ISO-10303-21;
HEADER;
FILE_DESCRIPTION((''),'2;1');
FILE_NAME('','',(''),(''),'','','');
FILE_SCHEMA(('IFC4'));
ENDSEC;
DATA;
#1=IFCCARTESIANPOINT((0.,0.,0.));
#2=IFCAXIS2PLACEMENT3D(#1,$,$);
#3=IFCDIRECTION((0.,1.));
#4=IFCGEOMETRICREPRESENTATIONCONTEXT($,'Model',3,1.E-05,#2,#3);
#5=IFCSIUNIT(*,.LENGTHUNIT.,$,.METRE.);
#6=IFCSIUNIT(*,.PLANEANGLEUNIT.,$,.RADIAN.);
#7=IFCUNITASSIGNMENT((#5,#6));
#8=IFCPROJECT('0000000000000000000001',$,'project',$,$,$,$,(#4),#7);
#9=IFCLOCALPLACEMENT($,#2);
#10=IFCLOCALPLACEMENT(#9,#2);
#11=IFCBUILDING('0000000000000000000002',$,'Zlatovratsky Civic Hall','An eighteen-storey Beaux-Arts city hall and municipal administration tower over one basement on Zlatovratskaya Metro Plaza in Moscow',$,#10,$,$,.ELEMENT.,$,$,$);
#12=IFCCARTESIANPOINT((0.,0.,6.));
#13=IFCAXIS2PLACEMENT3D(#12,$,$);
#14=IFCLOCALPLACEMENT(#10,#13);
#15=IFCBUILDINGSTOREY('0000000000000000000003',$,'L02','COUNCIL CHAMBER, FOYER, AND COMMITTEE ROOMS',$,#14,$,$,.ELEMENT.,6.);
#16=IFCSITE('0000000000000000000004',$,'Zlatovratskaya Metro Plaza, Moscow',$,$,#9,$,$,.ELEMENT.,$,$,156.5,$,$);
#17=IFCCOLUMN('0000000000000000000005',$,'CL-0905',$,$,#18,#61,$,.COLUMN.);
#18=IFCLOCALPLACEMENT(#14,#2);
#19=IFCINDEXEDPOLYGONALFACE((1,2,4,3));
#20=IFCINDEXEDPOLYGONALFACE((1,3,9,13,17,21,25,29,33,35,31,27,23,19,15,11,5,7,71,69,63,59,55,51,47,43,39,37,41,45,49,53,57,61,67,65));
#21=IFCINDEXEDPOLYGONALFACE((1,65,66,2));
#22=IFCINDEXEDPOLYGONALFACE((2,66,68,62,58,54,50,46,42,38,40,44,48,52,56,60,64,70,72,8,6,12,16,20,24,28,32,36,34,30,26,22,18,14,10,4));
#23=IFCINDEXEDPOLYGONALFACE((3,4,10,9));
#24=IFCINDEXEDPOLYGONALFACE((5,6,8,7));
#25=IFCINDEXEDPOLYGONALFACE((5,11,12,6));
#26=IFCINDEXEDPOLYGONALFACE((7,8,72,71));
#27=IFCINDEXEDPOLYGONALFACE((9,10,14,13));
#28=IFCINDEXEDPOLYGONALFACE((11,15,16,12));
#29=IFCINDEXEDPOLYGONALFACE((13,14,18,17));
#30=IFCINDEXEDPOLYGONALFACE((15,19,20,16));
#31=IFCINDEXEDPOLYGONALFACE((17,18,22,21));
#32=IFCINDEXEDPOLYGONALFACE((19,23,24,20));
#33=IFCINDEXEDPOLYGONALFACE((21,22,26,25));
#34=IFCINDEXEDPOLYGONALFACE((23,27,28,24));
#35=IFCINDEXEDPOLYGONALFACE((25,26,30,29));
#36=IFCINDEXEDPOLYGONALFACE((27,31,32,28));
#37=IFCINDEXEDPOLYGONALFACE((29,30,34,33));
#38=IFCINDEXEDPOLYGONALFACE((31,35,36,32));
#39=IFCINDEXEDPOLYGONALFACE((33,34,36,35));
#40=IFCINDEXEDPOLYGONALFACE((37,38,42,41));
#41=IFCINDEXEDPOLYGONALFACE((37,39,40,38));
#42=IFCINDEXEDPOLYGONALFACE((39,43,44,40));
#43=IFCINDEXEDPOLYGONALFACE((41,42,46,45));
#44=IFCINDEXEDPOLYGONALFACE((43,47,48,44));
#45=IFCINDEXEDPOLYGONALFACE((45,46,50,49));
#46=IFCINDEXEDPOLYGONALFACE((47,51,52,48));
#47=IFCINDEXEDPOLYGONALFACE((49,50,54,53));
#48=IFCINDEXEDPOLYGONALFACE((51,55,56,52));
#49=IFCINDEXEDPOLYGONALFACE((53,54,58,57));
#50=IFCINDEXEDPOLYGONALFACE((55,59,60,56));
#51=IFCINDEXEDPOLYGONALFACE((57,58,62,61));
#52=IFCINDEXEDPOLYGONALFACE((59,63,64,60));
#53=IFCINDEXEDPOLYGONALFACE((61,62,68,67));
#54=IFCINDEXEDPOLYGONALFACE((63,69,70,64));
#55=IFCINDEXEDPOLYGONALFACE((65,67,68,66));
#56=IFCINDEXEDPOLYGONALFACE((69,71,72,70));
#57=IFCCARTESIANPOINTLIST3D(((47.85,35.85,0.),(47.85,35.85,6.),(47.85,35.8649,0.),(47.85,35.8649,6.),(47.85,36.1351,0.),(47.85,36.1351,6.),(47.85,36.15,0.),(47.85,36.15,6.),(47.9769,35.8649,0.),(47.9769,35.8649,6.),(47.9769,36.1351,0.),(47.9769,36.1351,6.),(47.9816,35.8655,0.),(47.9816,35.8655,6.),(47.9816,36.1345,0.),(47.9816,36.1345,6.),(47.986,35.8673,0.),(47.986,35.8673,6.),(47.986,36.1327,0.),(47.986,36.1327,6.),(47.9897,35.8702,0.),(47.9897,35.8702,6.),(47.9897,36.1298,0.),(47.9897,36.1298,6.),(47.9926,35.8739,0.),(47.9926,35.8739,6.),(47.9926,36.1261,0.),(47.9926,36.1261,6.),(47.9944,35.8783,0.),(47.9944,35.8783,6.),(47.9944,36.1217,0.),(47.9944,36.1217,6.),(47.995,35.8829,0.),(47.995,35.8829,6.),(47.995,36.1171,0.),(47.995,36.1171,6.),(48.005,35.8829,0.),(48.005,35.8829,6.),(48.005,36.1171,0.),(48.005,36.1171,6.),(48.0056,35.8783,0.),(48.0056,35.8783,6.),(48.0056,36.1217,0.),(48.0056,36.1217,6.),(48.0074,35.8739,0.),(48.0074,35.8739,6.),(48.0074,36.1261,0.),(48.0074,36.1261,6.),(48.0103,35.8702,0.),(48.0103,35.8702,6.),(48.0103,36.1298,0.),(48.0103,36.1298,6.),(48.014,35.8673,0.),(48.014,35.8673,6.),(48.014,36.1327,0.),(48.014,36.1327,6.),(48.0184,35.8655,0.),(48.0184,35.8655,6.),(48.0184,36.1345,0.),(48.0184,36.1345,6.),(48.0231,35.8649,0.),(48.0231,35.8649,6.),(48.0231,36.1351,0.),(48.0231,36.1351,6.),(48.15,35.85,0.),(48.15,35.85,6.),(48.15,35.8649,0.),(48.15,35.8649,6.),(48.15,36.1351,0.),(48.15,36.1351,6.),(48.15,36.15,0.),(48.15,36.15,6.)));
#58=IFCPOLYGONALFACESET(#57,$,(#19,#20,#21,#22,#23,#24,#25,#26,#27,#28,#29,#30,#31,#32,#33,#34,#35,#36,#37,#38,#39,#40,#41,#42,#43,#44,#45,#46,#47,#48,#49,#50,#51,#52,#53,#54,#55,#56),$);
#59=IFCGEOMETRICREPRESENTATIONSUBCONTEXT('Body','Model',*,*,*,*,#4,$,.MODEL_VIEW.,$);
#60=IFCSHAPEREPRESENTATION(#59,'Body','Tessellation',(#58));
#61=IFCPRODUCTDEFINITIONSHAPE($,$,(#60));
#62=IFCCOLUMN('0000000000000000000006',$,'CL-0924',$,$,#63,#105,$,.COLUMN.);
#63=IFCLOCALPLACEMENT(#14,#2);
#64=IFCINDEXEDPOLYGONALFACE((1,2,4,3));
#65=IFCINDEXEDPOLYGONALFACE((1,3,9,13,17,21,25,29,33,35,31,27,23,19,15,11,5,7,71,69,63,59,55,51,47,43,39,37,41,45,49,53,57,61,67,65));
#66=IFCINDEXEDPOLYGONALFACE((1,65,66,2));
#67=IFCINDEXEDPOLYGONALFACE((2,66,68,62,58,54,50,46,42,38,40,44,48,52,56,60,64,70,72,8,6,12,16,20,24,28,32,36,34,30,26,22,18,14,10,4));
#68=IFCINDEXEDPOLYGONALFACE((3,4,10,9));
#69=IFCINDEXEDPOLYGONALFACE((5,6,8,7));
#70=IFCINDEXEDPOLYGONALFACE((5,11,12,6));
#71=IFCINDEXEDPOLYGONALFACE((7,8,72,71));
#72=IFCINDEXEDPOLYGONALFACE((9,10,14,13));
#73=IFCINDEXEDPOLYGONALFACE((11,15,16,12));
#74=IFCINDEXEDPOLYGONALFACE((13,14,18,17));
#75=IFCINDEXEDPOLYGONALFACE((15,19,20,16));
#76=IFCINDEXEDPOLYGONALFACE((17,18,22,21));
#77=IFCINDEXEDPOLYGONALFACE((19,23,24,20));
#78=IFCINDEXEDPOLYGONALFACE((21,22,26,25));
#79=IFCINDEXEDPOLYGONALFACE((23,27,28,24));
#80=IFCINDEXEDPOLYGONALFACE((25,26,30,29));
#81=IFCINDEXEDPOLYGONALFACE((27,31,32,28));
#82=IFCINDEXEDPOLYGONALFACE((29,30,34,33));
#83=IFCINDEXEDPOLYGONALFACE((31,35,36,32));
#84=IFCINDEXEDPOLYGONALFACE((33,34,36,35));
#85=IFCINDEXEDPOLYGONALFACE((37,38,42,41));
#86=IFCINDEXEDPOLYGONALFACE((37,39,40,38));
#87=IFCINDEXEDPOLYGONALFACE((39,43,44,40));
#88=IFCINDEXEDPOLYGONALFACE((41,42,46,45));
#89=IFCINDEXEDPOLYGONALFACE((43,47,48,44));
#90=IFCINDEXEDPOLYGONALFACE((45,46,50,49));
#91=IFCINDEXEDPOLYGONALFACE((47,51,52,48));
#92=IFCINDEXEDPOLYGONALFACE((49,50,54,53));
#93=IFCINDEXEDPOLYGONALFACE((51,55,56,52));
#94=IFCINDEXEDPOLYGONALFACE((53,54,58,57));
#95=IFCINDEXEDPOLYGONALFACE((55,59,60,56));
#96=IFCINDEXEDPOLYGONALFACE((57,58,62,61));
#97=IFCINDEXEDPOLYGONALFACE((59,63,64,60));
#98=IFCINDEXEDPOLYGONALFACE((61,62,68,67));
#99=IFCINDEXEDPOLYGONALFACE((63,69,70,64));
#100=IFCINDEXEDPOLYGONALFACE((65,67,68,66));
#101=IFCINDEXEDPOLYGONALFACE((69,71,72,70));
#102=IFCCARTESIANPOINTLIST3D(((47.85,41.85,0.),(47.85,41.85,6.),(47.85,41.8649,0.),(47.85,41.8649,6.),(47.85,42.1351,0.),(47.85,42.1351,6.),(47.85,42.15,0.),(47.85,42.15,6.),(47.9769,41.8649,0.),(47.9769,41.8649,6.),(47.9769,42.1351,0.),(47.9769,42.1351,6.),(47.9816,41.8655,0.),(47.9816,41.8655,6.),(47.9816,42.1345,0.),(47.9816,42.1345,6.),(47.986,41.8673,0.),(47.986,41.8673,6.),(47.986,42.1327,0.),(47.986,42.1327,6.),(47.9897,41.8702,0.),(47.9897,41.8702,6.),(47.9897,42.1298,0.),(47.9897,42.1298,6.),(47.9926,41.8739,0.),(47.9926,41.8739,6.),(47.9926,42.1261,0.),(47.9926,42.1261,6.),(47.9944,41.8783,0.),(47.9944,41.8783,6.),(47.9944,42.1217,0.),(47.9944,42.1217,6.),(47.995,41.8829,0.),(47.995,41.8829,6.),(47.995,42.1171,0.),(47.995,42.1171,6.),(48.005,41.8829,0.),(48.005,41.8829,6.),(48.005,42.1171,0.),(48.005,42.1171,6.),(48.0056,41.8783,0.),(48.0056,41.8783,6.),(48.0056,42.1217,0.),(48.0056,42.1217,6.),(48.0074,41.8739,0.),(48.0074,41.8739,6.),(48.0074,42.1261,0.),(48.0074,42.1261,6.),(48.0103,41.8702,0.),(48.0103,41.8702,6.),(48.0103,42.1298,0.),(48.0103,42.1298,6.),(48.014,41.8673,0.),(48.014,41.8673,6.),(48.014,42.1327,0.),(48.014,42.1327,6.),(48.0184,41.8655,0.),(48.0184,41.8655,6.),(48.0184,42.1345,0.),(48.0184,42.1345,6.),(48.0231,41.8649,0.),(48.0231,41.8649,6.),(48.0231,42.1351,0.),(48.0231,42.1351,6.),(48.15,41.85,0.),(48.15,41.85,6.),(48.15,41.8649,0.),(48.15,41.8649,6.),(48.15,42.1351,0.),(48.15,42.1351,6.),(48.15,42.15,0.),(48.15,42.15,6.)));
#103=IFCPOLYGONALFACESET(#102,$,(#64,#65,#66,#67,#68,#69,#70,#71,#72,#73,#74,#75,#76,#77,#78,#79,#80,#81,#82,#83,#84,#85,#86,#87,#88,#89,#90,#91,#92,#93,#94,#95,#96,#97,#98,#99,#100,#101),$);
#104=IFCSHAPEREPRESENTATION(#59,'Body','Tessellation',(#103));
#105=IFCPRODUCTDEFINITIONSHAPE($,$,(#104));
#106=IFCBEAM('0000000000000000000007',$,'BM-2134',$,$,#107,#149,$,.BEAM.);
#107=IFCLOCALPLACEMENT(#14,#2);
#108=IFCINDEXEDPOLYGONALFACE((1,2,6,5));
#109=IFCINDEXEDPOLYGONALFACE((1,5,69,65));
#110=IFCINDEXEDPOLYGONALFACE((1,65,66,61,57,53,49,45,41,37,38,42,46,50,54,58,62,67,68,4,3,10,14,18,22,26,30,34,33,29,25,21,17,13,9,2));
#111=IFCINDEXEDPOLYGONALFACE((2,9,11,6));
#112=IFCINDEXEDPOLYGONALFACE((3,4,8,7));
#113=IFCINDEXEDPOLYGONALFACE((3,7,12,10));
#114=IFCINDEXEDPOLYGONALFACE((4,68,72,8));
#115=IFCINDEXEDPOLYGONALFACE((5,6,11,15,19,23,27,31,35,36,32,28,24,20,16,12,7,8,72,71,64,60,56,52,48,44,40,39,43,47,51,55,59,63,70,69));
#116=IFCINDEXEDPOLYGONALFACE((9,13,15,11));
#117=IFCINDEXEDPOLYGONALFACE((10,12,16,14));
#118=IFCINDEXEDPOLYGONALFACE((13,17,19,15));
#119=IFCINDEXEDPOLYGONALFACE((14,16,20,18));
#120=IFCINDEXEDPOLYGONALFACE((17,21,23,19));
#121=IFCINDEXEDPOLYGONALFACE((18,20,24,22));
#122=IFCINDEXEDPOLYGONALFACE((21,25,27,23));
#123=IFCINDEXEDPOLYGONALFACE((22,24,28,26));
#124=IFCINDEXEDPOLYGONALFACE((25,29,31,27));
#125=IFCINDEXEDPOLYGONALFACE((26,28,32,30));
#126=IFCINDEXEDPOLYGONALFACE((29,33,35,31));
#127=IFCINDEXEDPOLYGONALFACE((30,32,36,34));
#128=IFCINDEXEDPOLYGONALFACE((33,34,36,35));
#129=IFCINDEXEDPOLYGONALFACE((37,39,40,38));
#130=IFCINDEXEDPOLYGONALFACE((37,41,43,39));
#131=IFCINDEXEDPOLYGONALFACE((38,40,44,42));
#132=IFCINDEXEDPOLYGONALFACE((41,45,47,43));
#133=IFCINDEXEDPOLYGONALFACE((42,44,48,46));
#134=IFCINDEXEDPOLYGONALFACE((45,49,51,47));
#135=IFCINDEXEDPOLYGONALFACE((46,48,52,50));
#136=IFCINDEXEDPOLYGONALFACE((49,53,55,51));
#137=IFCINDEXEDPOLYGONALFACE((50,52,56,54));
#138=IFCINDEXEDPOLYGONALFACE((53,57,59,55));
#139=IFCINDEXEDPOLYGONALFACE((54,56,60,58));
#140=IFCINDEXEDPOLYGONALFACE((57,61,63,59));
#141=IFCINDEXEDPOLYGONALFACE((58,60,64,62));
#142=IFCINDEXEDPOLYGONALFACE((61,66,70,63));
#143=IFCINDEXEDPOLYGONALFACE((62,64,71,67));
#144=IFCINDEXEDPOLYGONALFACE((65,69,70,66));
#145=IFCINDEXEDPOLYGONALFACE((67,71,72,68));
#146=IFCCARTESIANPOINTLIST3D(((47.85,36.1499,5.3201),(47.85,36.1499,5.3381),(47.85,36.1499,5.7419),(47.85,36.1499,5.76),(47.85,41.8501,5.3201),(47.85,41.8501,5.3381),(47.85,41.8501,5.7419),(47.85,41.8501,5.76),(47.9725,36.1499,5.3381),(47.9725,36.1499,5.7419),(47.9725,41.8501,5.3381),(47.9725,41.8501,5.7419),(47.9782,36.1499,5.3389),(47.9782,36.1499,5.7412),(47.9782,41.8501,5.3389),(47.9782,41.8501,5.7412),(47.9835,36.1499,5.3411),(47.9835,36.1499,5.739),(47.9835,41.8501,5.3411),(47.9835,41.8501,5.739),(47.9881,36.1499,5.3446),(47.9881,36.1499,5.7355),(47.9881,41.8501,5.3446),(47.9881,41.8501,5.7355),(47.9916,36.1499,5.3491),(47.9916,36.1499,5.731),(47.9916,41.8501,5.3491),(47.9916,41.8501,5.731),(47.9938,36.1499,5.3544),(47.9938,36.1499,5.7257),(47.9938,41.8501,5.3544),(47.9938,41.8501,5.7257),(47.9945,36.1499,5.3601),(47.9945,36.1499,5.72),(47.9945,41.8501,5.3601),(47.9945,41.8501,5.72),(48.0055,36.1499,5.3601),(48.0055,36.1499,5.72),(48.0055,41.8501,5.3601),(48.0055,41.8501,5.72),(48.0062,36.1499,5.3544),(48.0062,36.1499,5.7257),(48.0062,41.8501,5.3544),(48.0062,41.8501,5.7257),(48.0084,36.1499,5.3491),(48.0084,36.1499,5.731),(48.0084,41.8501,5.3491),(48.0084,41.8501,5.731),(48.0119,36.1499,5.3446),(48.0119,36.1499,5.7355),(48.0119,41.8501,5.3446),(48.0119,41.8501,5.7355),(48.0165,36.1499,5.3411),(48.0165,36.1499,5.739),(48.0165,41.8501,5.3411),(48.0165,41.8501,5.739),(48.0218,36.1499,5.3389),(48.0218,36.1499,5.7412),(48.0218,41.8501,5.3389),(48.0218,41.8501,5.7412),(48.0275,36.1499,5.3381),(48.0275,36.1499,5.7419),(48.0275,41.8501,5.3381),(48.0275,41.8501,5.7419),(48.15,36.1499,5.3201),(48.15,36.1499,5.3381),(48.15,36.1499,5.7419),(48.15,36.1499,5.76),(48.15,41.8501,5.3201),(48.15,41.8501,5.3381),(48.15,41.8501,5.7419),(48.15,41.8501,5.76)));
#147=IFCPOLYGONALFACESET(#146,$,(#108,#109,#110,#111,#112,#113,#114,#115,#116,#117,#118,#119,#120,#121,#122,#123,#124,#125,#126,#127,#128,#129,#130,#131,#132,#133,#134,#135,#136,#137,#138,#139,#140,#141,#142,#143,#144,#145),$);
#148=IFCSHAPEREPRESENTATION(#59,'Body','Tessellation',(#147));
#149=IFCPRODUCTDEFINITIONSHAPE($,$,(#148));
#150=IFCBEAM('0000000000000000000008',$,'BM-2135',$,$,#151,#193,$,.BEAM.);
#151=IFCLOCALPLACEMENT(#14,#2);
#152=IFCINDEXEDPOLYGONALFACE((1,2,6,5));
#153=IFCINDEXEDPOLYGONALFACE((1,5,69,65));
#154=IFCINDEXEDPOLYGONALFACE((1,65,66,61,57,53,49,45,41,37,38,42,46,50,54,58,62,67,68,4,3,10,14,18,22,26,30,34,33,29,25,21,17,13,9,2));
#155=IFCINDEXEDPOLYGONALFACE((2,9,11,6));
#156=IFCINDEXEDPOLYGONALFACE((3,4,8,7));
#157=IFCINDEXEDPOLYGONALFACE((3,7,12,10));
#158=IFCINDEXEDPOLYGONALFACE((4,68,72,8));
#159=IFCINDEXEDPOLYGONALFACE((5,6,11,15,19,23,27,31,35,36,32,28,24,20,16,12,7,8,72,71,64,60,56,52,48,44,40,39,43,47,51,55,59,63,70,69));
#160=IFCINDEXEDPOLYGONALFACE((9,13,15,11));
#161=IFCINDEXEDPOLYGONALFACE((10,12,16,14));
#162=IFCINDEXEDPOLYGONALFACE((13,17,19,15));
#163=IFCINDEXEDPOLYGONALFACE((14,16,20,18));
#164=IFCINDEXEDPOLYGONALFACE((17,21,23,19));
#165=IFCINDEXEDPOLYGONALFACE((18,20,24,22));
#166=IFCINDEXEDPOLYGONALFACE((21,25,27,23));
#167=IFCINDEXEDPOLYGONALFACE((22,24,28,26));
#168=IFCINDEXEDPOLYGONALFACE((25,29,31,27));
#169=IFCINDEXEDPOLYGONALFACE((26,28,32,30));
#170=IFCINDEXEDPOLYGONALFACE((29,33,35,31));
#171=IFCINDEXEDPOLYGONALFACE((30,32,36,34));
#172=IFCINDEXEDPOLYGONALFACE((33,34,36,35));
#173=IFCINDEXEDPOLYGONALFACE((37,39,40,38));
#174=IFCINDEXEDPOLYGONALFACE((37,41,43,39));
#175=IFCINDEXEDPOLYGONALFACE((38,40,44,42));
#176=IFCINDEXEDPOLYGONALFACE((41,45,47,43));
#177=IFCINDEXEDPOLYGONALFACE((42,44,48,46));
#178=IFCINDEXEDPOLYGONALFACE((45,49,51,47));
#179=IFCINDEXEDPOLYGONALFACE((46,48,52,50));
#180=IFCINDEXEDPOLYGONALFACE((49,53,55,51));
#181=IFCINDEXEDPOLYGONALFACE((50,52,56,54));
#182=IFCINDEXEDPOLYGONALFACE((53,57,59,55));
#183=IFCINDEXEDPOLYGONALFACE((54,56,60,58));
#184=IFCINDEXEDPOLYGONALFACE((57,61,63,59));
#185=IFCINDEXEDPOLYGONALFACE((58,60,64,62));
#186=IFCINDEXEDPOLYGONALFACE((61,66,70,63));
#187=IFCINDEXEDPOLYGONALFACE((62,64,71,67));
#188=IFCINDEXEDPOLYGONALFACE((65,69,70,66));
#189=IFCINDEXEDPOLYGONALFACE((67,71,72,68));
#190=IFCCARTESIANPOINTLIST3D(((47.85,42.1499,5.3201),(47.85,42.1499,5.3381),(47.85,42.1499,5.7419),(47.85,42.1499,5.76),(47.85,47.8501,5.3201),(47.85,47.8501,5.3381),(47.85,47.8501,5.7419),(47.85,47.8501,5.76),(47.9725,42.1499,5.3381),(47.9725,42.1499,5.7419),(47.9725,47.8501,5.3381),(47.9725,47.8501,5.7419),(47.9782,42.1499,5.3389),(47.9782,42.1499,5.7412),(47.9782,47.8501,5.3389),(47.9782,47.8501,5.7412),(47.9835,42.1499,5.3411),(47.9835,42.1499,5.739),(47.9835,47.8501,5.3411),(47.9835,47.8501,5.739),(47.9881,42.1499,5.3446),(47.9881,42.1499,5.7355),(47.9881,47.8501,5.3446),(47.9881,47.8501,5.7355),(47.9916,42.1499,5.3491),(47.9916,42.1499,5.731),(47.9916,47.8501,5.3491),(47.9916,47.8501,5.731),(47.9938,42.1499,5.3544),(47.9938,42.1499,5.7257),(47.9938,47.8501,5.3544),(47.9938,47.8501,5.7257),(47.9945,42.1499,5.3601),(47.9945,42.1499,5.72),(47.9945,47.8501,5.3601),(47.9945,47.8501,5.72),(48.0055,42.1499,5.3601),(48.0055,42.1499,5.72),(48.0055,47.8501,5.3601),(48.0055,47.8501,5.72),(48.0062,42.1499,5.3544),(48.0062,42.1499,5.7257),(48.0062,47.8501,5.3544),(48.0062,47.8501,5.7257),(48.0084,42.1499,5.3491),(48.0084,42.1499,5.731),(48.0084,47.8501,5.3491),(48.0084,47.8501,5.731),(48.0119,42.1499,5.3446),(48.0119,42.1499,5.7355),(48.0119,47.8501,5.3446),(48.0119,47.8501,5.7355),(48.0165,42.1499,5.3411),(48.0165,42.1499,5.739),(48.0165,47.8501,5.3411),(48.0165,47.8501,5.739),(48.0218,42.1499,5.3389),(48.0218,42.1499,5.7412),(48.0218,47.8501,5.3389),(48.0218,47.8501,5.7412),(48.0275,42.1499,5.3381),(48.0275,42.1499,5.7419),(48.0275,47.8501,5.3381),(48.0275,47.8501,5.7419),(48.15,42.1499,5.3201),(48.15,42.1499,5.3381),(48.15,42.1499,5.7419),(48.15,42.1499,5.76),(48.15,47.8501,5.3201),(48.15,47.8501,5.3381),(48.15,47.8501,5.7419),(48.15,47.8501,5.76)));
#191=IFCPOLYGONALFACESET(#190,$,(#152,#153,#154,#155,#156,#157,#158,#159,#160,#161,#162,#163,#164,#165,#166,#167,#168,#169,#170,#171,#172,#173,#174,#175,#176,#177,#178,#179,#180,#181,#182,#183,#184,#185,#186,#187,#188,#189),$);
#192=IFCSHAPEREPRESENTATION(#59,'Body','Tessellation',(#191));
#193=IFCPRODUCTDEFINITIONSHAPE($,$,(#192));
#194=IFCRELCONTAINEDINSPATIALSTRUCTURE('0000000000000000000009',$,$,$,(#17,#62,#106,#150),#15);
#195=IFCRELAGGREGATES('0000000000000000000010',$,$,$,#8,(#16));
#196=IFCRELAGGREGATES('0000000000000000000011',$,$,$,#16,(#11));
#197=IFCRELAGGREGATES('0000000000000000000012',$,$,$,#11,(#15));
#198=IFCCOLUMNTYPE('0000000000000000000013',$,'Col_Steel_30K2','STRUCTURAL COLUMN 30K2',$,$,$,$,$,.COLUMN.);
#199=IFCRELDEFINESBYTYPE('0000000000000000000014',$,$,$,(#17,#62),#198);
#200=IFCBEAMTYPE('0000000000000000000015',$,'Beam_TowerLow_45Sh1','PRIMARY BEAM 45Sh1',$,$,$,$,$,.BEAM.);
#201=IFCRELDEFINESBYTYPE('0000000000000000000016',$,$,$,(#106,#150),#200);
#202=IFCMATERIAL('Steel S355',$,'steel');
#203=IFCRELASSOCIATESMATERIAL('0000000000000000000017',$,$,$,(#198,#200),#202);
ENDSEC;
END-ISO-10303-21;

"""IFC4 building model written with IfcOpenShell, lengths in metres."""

from ifc_helpers import new_model, si_unit, direction, frame, origin, origin_2d, place, context, subcontext, project, spatial, i_section, extrude, material, material_profile, profile_set, type_object, element, save


model = new_model("IFC4")

# Units and contexts
model_context = context("Model", 3, precision=1e-05, world=origin(), true_north=direction((0.0, 1.0)))
body_context = subcontext(model_context, "Body", "Model", "MODEL_VIEW")
ifc_project = project(units=[si_unit("LENGTHUNIT", "METRE"), si_unit("PLANEANGLEUNIT", "RADIAN")], contexts=[model_context])

# Site, building, storey
site_placement = place(None, origin())
site = spatial("IfcSite", under=ifc_project, at=site_placement, Name="Zlatovratskaya Metro Plaza, Moscow", CompositionType="ELEMENT", RefElevation=156.5)
building_placement = place(site_placement, origin())
building = spatial("IfcBuilding", under=site, at=building_placement, Name="Zlatovratsky Civic Hall", Description="An eighteen-storey Beaux-Arts city hall and municipal administration tower over one basement on Zlatovratskaya Metro Plaza in Moscow", CompositionType="ELEMENT")
storey_placement = place(building_placement, frame((0.0, 0.0, 6.0)))
storey = spatial("IfcBuildingStorey", under=building, at=storey_placement, Name="L02", Description="COUNCIL CHAMBER, FOYER, AND COMMITTEE ROOMS", CompositionType="ELEMENT", Elevation=6.0)

# Columns
ifc_material_1 = material(Name="Steel S355", Category="steel")
ifc_material_profile_1 = material_profile(ifc_material_1, i_section(OverallWidth=0.3, OverallDepth=0.3, WebThickness=0.01, FlangeThickness=0.0149, FilletRadius=0.0181, at=origin_2d()), Name="30K2")
ifc_profile_set_1 = profile_set([ifc_material_profile_1], Name="Steel S355")
column_type = type_object("IfcColumnType", Name="Col_Steel_30K2", Description="STRUCTURAL COLUMN 30K2", PredefinedType="COLUMN", material=ifc_profile_set_1)
for number, where, z_axis, x_axis, name in (
    (1, (48.0, 36.0, 0.0), (0.0, 0.0, 1.0), (1.0, 0.0, 0.0), "CL-0905"),
    (2, (48.0, 42.0, 0.0), (0.0, 0.0, 1.0), (1.0, 0.0, 0.0), "CL-0924"),
):
    element("IfcColumn", number, at=place(storey_placement, frame(where, z_axis=z_axis, x_axis=x_axis)), inside=storey, type_object=column_type, Name=name, PredefinedType="COLUMN", context=body_context, shape_type="SweptSolid", body=[
        extrude(i_section(OverallWidth=0.3, OverallDepth=0.3, WebThickness=0.01, FlangeThickness=0.0149, FilletRadius=0.0181, at=origin_2d()), origin(), (0.0, 0.0, 1.0), 6.0),
    ])

# Beams
ifc_material_profile_2 = material_profile(ifc_material_1, i_section(OverallWidth=0.3, OverallDepth=0.4399, WebThickness=0.011, FlangeThickness=0.0181, FilletRadius=0.022, at=origin_2d()), Name="45Sh1")
ifc_profile_set_2 = profile_set([ifc_material_profile_2], Name="Steel S355")
beam_type = type_object("IfcBeamType", Name="Beam_TowerLow_45Sh1", Description="PRIMARY BEAM 45Sh1", PredefinedType="BEAM", material=ifc_profile_set_2)
for number, where, z_axis, x_axis, name in (
    (3, (48.0, 36.1499, 5.54), (0.0, 1.0, 0.0), (-1.0, 0.0, 0.0), "BM-2134"),
    (4, (48.0, 42.1499, 5.54), (0.0, 1.0, 0.0), (-1.0, 0.0, 0.0), "BM-2135"),
):
    element("IfcBeam", number, at=place(storey_placement, frame(where, z_axis=z_axis, x_axis=x_axis)), inside=storey, type_object=beam_type, Name=name, PredefinedType="BEAM", context=body_context, shape_type="SweptSolid", body=[
        extrude(i_section(OverallWidth=0.3, OverallDepth=0.4399, WebThickness=0.011, FlangeThickness=0.0181, FilletRadius=0.022, at=origin_2d()), origin(), (0.0, 0.0, 1.0), 5.7002),
    ])

save(model, "model.ifc")
